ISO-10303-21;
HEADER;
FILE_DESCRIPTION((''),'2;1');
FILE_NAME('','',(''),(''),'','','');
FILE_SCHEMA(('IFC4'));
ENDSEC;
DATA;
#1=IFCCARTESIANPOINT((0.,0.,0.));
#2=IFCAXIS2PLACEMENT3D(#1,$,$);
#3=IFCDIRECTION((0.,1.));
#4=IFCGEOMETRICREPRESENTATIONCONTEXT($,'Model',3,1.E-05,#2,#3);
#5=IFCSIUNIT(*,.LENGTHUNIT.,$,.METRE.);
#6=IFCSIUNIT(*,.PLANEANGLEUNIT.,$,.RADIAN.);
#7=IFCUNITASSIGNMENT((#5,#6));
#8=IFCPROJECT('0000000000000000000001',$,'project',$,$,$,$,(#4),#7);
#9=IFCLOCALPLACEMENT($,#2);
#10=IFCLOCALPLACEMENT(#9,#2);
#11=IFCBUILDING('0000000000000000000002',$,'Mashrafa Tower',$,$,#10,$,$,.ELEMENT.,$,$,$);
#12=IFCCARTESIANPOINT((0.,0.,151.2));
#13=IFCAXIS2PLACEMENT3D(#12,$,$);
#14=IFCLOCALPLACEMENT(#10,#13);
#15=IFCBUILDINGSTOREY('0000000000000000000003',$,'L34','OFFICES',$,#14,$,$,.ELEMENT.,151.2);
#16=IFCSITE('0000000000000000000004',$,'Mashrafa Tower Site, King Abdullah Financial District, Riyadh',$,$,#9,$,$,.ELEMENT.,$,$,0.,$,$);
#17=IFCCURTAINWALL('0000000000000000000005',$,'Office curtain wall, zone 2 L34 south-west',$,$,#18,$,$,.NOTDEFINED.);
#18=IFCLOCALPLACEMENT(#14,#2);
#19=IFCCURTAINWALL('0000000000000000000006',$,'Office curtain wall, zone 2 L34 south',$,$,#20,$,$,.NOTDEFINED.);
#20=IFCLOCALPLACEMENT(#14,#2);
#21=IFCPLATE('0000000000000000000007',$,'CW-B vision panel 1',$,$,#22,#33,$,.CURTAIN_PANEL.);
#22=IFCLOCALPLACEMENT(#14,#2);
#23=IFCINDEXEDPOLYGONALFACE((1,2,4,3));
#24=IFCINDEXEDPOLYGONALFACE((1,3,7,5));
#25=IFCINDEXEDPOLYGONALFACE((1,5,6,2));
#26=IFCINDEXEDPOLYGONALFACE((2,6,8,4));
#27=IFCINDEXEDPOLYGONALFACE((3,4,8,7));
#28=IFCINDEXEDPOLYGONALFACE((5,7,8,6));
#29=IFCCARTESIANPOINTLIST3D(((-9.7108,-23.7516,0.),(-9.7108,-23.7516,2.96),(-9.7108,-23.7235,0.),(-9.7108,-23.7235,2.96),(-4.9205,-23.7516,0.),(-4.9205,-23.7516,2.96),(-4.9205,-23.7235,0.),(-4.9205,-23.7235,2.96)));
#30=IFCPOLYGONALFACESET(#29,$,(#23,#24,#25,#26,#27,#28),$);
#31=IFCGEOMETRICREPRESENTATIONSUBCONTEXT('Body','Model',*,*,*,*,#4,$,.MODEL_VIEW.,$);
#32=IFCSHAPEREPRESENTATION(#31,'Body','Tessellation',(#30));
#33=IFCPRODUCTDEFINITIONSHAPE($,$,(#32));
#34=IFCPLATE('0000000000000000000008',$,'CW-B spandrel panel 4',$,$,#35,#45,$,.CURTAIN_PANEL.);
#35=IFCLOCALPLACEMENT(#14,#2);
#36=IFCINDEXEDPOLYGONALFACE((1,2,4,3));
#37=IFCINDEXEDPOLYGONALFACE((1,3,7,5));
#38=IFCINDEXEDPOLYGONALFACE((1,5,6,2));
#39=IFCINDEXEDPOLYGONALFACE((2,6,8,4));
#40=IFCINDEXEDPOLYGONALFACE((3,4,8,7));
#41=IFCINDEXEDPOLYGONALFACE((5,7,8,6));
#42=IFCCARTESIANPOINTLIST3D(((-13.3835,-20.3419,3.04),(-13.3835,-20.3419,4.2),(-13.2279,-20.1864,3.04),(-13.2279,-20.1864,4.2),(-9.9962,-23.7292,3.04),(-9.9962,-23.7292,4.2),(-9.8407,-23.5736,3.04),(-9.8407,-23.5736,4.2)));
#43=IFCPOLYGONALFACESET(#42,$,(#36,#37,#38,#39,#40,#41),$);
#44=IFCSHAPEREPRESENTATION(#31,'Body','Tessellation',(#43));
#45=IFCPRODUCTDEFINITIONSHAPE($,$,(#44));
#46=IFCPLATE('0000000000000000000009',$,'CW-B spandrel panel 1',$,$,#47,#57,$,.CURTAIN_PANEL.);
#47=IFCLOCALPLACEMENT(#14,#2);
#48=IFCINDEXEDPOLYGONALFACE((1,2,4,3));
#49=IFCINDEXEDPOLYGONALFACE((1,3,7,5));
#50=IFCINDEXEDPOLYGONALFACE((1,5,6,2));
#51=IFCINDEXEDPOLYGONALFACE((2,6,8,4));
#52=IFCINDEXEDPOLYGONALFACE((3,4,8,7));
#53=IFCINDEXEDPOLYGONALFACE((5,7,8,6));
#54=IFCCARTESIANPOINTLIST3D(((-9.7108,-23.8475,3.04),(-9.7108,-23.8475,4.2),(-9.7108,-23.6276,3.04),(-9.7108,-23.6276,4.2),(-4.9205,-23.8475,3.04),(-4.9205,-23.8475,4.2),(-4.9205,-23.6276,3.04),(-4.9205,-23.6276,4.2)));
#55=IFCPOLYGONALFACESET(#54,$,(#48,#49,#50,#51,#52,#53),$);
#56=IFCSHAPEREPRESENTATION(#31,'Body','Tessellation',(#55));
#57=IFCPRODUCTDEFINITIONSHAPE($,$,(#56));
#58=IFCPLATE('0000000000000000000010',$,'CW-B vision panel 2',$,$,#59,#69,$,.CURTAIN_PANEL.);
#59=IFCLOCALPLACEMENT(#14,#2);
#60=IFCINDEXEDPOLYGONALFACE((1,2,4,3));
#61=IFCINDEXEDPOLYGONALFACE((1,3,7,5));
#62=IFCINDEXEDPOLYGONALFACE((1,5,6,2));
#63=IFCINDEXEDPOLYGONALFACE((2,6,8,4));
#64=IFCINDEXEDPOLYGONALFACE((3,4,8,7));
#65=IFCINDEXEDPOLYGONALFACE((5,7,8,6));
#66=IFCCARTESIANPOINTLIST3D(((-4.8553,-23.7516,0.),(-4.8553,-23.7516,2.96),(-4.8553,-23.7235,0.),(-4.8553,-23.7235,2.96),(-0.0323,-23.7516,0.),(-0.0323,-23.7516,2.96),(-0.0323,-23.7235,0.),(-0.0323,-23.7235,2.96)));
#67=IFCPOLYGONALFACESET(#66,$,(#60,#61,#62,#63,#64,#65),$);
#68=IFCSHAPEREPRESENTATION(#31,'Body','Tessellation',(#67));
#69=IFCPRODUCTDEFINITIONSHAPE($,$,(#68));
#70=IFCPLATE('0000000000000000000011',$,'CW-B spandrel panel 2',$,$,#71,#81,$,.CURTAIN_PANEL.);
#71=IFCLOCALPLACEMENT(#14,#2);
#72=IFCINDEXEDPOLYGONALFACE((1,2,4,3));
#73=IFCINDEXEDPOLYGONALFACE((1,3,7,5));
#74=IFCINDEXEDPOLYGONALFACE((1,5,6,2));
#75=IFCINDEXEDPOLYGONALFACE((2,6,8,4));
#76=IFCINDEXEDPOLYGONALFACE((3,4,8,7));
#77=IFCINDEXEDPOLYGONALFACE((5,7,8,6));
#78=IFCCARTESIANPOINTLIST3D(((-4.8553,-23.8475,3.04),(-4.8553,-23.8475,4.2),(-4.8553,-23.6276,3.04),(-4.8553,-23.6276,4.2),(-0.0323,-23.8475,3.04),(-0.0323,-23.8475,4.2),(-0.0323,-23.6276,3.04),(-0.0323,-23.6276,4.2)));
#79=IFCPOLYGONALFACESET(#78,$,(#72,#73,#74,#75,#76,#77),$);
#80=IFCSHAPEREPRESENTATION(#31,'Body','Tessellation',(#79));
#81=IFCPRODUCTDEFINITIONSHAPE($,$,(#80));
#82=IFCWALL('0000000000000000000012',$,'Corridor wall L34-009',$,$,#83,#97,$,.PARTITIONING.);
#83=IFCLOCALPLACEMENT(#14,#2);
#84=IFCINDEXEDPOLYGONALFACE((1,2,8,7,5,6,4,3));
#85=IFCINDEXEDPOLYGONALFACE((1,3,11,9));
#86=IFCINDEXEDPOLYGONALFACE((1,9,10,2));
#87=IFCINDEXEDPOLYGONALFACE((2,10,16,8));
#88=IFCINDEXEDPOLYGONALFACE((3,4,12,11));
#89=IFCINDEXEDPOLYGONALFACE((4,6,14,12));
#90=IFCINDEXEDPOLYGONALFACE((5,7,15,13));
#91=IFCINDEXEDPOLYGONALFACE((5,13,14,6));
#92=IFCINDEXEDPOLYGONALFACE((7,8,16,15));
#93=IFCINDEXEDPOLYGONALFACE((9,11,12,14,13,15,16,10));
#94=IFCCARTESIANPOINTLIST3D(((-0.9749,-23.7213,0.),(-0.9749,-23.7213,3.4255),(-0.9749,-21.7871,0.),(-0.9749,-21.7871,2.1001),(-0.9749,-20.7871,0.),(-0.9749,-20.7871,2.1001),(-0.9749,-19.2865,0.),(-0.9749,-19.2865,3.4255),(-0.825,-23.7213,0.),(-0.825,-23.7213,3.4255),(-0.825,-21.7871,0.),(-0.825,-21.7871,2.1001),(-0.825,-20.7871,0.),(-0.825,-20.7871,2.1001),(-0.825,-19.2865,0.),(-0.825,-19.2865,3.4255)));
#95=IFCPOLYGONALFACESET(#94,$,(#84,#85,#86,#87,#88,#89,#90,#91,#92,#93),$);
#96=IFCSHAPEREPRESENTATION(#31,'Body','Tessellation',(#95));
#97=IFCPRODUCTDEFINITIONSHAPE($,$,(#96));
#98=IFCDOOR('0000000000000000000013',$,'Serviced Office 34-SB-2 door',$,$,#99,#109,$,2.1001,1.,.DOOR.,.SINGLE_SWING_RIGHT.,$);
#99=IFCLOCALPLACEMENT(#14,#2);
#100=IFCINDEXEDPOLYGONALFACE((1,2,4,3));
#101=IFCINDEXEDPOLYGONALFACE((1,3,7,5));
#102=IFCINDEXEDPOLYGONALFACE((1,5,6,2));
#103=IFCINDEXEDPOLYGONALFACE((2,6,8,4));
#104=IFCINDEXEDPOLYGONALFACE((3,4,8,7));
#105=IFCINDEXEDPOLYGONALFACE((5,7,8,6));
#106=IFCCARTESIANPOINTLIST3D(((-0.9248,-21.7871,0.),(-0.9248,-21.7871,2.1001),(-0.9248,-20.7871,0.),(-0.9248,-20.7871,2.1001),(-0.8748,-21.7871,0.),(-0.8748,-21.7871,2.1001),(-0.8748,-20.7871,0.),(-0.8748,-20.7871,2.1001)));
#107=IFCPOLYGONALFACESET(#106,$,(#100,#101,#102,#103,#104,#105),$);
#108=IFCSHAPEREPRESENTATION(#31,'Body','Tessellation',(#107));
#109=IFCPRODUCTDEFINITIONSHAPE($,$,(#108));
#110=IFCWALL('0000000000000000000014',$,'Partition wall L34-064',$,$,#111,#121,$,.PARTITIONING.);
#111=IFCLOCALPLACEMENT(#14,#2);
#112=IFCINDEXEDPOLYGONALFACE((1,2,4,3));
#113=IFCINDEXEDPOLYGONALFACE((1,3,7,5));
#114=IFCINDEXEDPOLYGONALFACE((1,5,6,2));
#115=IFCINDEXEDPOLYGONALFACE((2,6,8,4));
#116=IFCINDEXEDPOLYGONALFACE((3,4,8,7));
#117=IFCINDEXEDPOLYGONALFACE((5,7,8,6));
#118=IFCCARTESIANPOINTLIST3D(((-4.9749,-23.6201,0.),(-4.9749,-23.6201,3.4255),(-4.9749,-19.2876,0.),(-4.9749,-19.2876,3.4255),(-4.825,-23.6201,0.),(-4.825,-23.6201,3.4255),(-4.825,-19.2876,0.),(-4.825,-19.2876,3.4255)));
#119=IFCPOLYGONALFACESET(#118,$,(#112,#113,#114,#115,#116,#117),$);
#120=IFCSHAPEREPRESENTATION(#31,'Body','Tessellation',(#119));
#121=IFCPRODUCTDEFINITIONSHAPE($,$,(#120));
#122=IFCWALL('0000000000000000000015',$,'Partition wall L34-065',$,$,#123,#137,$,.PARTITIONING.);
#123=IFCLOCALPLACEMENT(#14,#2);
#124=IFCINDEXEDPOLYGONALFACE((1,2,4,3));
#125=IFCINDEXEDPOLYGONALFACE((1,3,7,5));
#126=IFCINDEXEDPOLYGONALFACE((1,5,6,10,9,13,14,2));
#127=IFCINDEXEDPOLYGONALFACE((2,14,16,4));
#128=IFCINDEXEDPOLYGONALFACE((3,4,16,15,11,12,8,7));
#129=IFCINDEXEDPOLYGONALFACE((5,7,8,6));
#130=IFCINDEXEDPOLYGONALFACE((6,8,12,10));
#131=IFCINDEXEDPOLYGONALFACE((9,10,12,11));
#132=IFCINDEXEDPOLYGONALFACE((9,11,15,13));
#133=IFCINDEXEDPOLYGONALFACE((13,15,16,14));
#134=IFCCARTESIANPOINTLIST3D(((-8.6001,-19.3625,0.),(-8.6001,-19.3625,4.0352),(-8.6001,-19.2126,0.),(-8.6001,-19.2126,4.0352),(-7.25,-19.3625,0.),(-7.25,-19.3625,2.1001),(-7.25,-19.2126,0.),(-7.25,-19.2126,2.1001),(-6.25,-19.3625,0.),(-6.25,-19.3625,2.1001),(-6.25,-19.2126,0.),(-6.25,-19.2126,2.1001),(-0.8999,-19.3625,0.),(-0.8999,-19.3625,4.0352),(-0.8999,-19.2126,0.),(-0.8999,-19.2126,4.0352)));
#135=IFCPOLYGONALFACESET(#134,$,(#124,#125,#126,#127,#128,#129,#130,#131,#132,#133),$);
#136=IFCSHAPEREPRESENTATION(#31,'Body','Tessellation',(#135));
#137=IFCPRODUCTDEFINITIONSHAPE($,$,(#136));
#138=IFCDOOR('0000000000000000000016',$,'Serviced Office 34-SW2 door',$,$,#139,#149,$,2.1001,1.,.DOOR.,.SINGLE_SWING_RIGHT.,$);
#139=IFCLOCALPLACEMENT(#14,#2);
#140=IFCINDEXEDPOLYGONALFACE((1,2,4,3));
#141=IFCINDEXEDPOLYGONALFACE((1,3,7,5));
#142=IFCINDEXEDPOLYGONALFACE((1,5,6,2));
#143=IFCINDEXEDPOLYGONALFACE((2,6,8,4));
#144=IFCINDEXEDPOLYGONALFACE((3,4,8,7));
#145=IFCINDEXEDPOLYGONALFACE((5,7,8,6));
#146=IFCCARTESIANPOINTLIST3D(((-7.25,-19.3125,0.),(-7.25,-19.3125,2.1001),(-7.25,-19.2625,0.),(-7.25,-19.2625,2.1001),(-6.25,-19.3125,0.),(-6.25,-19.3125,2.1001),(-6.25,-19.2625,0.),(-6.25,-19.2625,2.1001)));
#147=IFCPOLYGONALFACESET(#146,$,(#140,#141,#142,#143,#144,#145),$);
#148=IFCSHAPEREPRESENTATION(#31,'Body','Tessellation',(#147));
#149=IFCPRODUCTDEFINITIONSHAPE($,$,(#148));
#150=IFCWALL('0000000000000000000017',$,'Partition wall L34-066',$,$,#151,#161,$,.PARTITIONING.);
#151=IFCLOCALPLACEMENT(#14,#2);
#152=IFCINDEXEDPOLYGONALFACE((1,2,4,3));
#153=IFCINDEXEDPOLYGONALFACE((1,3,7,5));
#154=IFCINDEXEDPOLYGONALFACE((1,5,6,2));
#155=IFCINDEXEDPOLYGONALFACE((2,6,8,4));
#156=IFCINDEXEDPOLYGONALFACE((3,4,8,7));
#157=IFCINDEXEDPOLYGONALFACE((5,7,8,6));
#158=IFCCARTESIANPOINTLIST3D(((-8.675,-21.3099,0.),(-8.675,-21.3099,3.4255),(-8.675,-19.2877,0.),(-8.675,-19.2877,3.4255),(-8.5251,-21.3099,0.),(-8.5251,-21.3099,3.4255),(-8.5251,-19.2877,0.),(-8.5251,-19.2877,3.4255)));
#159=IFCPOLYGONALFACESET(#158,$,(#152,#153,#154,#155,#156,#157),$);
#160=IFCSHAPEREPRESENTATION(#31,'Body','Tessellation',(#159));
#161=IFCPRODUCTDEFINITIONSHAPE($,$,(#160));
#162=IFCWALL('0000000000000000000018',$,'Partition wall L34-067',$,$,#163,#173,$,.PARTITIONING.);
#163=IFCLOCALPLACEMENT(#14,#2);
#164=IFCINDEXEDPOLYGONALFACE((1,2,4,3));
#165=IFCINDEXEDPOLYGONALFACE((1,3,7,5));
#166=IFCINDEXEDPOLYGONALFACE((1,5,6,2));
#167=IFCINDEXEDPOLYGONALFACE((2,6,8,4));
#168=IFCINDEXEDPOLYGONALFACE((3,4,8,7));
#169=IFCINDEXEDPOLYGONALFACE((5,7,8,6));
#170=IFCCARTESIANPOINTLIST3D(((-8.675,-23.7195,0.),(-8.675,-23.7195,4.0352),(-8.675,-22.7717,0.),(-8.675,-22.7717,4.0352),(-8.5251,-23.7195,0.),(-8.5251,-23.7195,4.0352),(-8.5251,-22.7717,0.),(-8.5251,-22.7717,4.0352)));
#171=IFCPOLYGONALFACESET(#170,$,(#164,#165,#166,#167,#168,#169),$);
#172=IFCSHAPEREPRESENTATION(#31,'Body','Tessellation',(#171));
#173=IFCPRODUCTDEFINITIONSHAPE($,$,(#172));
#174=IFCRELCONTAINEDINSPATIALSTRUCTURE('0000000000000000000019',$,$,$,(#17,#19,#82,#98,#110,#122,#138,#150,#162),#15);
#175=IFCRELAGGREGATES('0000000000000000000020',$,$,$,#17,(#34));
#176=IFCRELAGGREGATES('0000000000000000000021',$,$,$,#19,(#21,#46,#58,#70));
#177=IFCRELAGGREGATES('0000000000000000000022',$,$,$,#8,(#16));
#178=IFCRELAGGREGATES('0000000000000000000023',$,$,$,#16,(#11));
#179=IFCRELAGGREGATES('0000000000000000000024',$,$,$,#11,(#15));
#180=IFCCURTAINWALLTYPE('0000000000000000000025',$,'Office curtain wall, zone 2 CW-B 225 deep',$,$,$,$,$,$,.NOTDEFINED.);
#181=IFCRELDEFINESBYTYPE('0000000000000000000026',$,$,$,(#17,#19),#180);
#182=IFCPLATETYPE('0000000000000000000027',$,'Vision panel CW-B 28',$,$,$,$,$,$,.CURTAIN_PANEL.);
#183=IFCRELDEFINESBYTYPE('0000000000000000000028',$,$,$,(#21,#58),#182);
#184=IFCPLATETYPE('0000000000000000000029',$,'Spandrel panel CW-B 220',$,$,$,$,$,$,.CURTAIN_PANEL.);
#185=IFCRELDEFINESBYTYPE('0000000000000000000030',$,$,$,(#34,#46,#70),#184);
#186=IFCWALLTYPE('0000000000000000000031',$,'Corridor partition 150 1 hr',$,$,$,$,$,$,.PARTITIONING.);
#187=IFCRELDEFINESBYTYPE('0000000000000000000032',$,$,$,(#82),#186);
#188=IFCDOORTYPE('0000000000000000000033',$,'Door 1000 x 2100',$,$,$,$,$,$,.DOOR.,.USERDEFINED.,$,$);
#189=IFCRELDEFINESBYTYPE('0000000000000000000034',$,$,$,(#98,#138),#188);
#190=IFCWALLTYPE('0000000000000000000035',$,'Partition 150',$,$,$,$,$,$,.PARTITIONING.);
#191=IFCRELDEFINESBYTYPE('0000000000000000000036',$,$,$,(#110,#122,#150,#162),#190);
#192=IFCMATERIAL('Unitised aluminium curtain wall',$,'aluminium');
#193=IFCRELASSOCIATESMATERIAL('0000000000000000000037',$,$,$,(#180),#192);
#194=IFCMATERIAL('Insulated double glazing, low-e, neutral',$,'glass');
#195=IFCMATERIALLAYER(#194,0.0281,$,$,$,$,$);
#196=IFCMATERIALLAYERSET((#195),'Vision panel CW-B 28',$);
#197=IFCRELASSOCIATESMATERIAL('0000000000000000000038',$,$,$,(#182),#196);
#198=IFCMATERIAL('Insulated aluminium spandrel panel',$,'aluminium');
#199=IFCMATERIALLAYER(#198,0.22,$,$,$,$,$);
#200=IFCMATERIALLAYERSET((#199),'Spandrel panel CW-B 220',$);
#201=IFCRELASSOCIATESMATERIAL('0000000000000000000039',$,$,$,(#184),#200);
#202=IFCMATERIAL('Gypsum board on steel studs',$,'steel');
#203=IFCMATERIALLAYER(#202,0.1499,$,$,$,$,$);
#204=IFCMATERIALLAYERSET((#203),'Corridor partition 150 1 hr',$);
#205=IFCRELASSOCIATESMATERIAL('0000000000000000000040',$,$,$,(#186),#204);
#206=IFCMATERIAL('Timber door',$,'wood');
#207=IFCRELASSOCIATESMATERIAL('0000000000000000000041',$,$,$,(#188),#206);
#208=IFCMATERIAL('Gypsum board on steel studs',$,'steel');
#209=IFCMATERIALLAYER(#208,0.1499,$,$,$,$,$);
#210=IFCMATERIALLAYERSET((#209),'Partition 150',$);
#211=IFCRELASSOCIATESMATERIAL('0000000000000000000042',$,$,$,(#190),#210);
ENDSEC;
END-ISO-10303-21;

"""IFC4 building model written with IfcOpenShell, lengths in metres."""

from ifc_helpers import new_model, si_unit, direction, frame, frame_2d, origin, origin_2d, place, context, subcontext, project, spatial, rectangle, extrude, source, transform, mapped, material, layer, layer_set, type_object, type_shapes, element, fill, aggregate, save


model = new_model("IFC4")

# Units and contexts
model_context = context("Model", 3, precision=1e-05, world=origin(), true_north=direction((0.0, 1.0)))
body_context = subcontext(model_context, "Body", "Model", "MODEL_VIEW")
ifc_project = project(units=[si_unit("LENGTHUNIT", "METRE"), si_unit("PLANEANGLEUNIT", "RADIAN")], contexts=[model_context])

# Site, building, storey
site_placement = place(None, origin())
site = spatial("IfcSite", under=ifc_project, at=site_placement, Name="Mashrafa Tower Site, King Abdullah Financial District, Riyadh", CompositionType="ELEMENT", RefElevation=0.0)
building_placement = place(site_placement, origin())
building = spatial("IfcBuilding", under=site, at=building_placement, Name="Mashrafa Tower", CompositionType="ELEMENT")
storey_placement = place(building_placement, frame((0.0, 0.0, 151.2)))
storey = spatial("IfcBuildingStorey", under=building, at=storey_placement, Name="L34", Description="OFFICES", CompositionType="ELEMENT", Elevation=151.2)

# Curtain wall
ifc_material_1 = material(Name="Unitised aluminium curtain wall", Category="aluminium")
curtain_wall_type = type_object("IfcCurtainWallType", Name="Office curtain wall, zone 2 CW-B 225 deep", PredefinedType="NOTDEFINED", material=ifc_material_1)
curtain_wall_1_placement = place(storey_placement, origin())
curtain_wall_1 = element("IfcCurtainWall", 1, at=curtain_wall_1_placement, inside=storey, type_object=curtain_wall_type, Name="Office curtain wall, zone 2 L34 south-west", PredefinedType="NOTDEFINED")

# Curtain wall
curtain_wall_2_placement = place(storey_placement, origin())
curtain_wall_2 = element("IfcCurtainWall", 2, at=curtain_wall_2_placement, inside=storey, type_object=curtain_wall_type, Name="Office curtain wall, zone 2 L34 south", PredefinedType="NOTDEFINED")

# Plates
ifc_material_2 = material(Name="Insulated double glazing, low-e, neutral", Category="glass")
ifc_layer_1 = layer(ifc_material_2, 0.0281)
ifc_layer_set_1 = layer_set([ifc_layer_1], Name="Vision panel CW-B 28")
plate_type_1 = type_object("IfcPlateType", Name="Vision panel CW-B 28", PredefinedType="CURTAIN_PANEL", material=ifc_layer_set_1)
shared_shape_1 = source(origin(), body_context, "Body", "SweptSolid", [
    extrude(rectangle(XDim=4.7903, YDim=0.0281, at=origin_2d()), origin(), (0.0, 0.0, 1.0), 2.96),
])
plate_1_placement = place(storey_placement, frame((-7.3157, -23.7375, 0.0), z_axis=(0.0, 0.0, 1.0), x_axis=(1.0, 0.0, 0.0)))
plate_1 = element("IfcPlate", 3, at=plate_1_placement, type_object=plate_type_1, Name="CW-B vision panel 1", PredefinedType="CURTAIN_PANEL", context=body_context, shape_type="MappedRepresentation", body=[
    mapped(shared_shape_1, transform((0.0, 0.0, 0.0))),
])
ifc_material_3 = material(Name="Insulated aluminium spandrel panel", Category="aluminium")
ifc_layer_2 = layer(ifc_material_3, 0.22)
ifc_layer_set_2 = layer_set([ifc_layer_2], Name="Spandrel panel CW-B 220")
plate_type_2 = type_object("IfcPlateType", Name="Spandrel panel CW-B 220", PredefinedType="CURTAIN_PANEL", material=ifc_layer_set_2)
shared_shape_2 = source(origin(), body_context, "Body", "SweptSolid", [
    extrude(rectangle(XDim=4.7903, YDim=0.22, at=origin_2d()), origin(), (0.0, 0.0, 1.0), 1.1599),
])
plate_2_placement = place(storey_placement, frame((-11.6121, -21.9578, 3.04), z_axis=(0.0, 0.0, 1.0), x_axis=(0.707107, -0.707107, 0.0)))
plate_2 = element("IfcPlate", 4, at=plate_2_placement, type_object=plate_type_2, Name="CW-B spandrel panel 4", PredefinedType="CURTAIN_PANEL", context=body_context, shape_type="MappedRepresentation", body=[
    mapped(shared_shape_2, transform((0.0, 0.0, 0.0))),
])
aggregate(curtain_wall_1, [plate_2])
plate_3_placement = place(storey_placement, frame((-7.3157, -23.7375, 3.04), z_axis=(0.0, 0.0, 1.0), x_axis=(1.0, 0.0, 0.0)))
plate_3 = element("IfcPlate", 5, at=plate_3_placement, type_object=plate_type_2, Name="CW-B spandrel panel 1", PredefinedType="CURTAIN_PANEL", context=body_context, shape_type="MappedRepresentation", body=[
    mapped(shared_shape_2, transform((0.0, 0.0, 0.0))),
])
shared_shape_3 = source(origin(), body_context, "Body", "SweptSolid", [
    extrude(rectangle(XDim=4.823, YDim=0.0281, at=origin_2d()), origin(), (0.0, 0.0, 1.0), 2.96),
])
type_shapes(plate_type_1, [shared_shape_1, shared_shape_3])
plate_4_placement = place(storey_placement, frame((-2.4438, -23.7375, 0.0), z_axis=(0.0, 0.0, 1.0), x_axis=(1.0, 0.0, 0.0)))
plate_4 = element("IfcPlate", 6, at=plate_4_placement, type_object=plate_type_1, Name="CW-B vision panel 2", PredefinedType="CURTAIN_PANEL", context=body_context, shape_type="MappedRepresentation", body=[
    mapped(shared_shape_3, transform((0.0, 0.0, 0.0))),
])
shared_shape_4 = source(origin(), body_context, "Body", "SweptSolid", [
    extrude(rectangle(XDim=4.823, YDim=0.22, at=origin_2d()), origin(), (0.0, 0.0, 1.0), 1.1599),
])
type_shapes(plate_type_2, [shared_shape_2, shared_shape_4])
plate_5_placement = place(storey_placement, frame((-2.4438, -23.7375, 3.04), z_axis=(0.0, 0.0, 1.0), x_axis=(1.0, 0.0, 0.0)))
plate_5 = element("IfcPlate", 7, at=plate_5_placement, type_object=plate_type_2, Name="CW-B spandrel panel 2", PredefinedType="CURTAIN_PANEL", context=body_context, shape_type="MappedRepresentation", body=[
    mapped(shared_shape_4, transform((0.0, 0.0, 0.0))),
])
aggregate(curtain_wall_2, [plate_1, plate_3, plate_4, plate_5])

# Wall, opening, door
ifc_material_4 = material(Name="Gypsum board on steel studs", Category="steel")
ifc_layer_3 = layer(ifc_material_4, 0.1499)
ifc_layer_set_3 = layer_set([ifc_layer_3], Name="Corridor partition 150 1 hr")
wall_type_1 = type_object("IfcWallType", Name="Corridor partition 150 1 hr", PredefinedType="PARTITIONING", material=ifc_layer_set_3)
wall_1_placement = place(storey_placement, frame((-0.8999, -19.2866, 0.0), z_axis=(0.0, 0.0, 1.0), x_axis=(0.0, -1.0, 0.0)))
wall_1 = element("IfcWall", 8, at=wall_1_placement, inside=storey, type_object=wall_type_1, Name="Corridor wall L34-009", PredefinedType="PARTITIONING", context=body_context, shape_type="SweptSolid", body=[
    extrude(rectangle(XDim=4.4348, YDim=0.1499, at=frame_2d((2.2173, 0.0))), origin(), (0.0, 0.0, 1.0), 3.4255),
])
opening_1_placement = place(wall_1_placement, frame((1.5005, 0.0, 0.0)))
opening_1 = element("IfcOpeningElement", 9, at=opening_1_placement, cuts=wall_1, PredefinedType="OPENING", context=body_context, shape_type="SweptSolid", body=[
    extrude(rectangle(XDim=1.0, YDim=2.1001, at=frame_2d((0.5, 1.05))), frame((0.0, 0.085, 0.0), z_axis=(0.0, -1.0, 0.0), x_axis=(1.0, 0.0, 0.0)), (0.0, 0.0, 1.0), 0.1699),
])
ifc_material_5 = material(Name="Timber door", Category="wood")
door_type = type_object("IfcDoorType", Name="Door 1000 x 2100", OperationType="USERDEFINED", PredefinedType="DOOR", material=ifc_material_5)
door_1_placement = place(opening_1_placement, frame((1.0, 0.0, 0.0), z_axis=(0.0, 0.0, 1.0), x_axis=(-1.0, 0.0, 0.0)))
door_1 = element("IfcDoor", 10, at=door_1_placement, inside=storey, type_object=door_type, Name="Serviced Office 34-SB-2 door", OperationType="SINGLE_SWING_RIGHT", OverallHeight=2.1001, OverallWidth=1.0, PredefinedType="DOOR", context=body_context, shape_type="SweptSolid", body=[
    extrude(rectangle(XDim=1.0, YDim=2.1001, at=frame_2d((0.5, 1.05))), frame((0.0, 0.0249, 0.0), z_axis=(0.0, -1.0, 0.0), x_axis=(1.0, 0.0, 0.0)), (0.0, 0.0, 1.0), 0.05),
])
fill(opening_1, door_1)

# Wall
ifc_material_6 = material(Name="Gypsum board on steel studs", Category="steel")
ifc_layer_4 = layer(ifc_material_6, 0.1499)
ifc_layer_set_4 = layer_set([ifc_layer_4], Name="Partition 150")
wall_type_2 = type_object("IfcWallType", Name="Partition 150", PredefinedType="PARTITIONING", material=ifc_layer_set_4)
wall_2_placement = place(storey_placement, frame((-4.8999, -23.6201, 0.0), z_axis=(0.0, 0.0, 1.0), x_axis=(0.0, 1.0, 0.0)))
element("IfcWall", 11, at=wall_2_placement, inside=storey, type_object=wall_type_2, Name="Partition wall L34-064", PredefinedType="PARTITIONING", context=body_context, shape_type="SweptSolid", body=[
    extrude(rectangle(XDim=4.3325, YDim=0.1499, at=frame_2d((2.1663, 0.0))), origin(), (0.0, 0.0, 1.0), 3.4255),
])

# Wall, opening, door
wall_3_placement = place(storey_placement, frame((-8.6001, -19.2876, 0.0), z_axis=(0.0, 0.0, 1.0), x_axis=(1.0, 0.0, 0.0)))
wall_3 = element("IfcWall", 12, at=wall_3_placement, inside=storey, type_object=wall_type_2, Name="Partition wall L34-065", PredefinedType="PARTITIONING", context=body_context, shape_type="SweptSolid", body=[
    extrude(rectangle(XDim=7.7002, YDim=0.1499, at=frame_2d((3.8501, 0.0))), origin(), (0.0, 0.0, 1.0), 4.0352),
])
opening_2_placement = place(wall_3_placement, frame((1.3501, 0.0, 0.0)))
opening_2 = element("IfcOpeningElement", 13, at=opening_2_placement, cuts=wall_3, PredefinedType="OPENING", context=body_context, shape_type="SweptSolid", body=[
    extrude(rectangle(XDim=1.0, YDim=2.1001, at=frame_2d((0.5, 1.05))), frame((0.0, 0.085, 0.0), z_axis=(0.0, -1.0, 0.0), x_axis=(1.0, 0.0, 0.0)), (0.0, 0.0, 1.0), 0.1699),
])
door_2_placement = place(opening_2_placement, frame((1.0, 0.0, 0.0), z_axis=(0.0, 0.0, 1.0), x_axis=(-1.0, 0.0, 0.0)))
door_2 = element("IfcDoor", 14, at=door_2_placement, inside=storey, type_object=door_type, Name="Serviced Office 34-SW2 door", OperationType="SINGLE_SWING_RIGHT", OverallHeight=2.1001, OverallWidth=1.0, PredefinedType="DOOR", context=body_context, shape_type="SweptSolid", body=[
    extrude(rectangle(XDim=1.0, YDim=2.1001, at=frame_2d((0.5, 1.05))), frame((0.0, 0.0249, 0.0), z_axis=(0.0, -1.0, 0.0), x_axis=(1.0, 0.0, 0.0)), (0.0, 0.0, 1.0), 0.05),
])
fill(opening_2, door_2)

# Walls
wall_4_placement = place(storey_placement, frame((-8.6001, -19.2876, 0.0), z_axis=(0.0, 0.0, 1.0), x_axis=(0.0, -1.0, 0.0)))
element("IfcWall", 15, at=wall_4_placement, inside=storey, type_object=wall_type_2, Name="Partition wall L34-066", PredefinedType="PARTITIONING", context=body_context, shape_type="SweptSolid", body=[
    extrude(rectangle(XDim=2.0222, YDim=0.1499, at=frame_2d((1.0112, 0.0))), origin(), (0.0, 0.0, 1.0), 3.4255),
])
wall_5_placement = place(storey_placement, frame((-8.6001, -22.7717, 0.0), z_axis=(0.0, 0.0, 1.0), x_axis=(0.0, -1.0, 0.0)))
element("IfcWall", 16, at=wall_5_placement, inside=storey, type_object=wall_type_2, Name="Partition wall L34-067", PredefinedType="PARTITIONING", context=body_context, shape_type="SweptSolid", body=[
    extrude(rectangle(XDim=0.9478, YDim=0.1499, at=frame_2d((0.4739, 0.0))), origin(), (0.0, 0.0, 1.0), 4.0352),
])

save(model, "model.ifc")
